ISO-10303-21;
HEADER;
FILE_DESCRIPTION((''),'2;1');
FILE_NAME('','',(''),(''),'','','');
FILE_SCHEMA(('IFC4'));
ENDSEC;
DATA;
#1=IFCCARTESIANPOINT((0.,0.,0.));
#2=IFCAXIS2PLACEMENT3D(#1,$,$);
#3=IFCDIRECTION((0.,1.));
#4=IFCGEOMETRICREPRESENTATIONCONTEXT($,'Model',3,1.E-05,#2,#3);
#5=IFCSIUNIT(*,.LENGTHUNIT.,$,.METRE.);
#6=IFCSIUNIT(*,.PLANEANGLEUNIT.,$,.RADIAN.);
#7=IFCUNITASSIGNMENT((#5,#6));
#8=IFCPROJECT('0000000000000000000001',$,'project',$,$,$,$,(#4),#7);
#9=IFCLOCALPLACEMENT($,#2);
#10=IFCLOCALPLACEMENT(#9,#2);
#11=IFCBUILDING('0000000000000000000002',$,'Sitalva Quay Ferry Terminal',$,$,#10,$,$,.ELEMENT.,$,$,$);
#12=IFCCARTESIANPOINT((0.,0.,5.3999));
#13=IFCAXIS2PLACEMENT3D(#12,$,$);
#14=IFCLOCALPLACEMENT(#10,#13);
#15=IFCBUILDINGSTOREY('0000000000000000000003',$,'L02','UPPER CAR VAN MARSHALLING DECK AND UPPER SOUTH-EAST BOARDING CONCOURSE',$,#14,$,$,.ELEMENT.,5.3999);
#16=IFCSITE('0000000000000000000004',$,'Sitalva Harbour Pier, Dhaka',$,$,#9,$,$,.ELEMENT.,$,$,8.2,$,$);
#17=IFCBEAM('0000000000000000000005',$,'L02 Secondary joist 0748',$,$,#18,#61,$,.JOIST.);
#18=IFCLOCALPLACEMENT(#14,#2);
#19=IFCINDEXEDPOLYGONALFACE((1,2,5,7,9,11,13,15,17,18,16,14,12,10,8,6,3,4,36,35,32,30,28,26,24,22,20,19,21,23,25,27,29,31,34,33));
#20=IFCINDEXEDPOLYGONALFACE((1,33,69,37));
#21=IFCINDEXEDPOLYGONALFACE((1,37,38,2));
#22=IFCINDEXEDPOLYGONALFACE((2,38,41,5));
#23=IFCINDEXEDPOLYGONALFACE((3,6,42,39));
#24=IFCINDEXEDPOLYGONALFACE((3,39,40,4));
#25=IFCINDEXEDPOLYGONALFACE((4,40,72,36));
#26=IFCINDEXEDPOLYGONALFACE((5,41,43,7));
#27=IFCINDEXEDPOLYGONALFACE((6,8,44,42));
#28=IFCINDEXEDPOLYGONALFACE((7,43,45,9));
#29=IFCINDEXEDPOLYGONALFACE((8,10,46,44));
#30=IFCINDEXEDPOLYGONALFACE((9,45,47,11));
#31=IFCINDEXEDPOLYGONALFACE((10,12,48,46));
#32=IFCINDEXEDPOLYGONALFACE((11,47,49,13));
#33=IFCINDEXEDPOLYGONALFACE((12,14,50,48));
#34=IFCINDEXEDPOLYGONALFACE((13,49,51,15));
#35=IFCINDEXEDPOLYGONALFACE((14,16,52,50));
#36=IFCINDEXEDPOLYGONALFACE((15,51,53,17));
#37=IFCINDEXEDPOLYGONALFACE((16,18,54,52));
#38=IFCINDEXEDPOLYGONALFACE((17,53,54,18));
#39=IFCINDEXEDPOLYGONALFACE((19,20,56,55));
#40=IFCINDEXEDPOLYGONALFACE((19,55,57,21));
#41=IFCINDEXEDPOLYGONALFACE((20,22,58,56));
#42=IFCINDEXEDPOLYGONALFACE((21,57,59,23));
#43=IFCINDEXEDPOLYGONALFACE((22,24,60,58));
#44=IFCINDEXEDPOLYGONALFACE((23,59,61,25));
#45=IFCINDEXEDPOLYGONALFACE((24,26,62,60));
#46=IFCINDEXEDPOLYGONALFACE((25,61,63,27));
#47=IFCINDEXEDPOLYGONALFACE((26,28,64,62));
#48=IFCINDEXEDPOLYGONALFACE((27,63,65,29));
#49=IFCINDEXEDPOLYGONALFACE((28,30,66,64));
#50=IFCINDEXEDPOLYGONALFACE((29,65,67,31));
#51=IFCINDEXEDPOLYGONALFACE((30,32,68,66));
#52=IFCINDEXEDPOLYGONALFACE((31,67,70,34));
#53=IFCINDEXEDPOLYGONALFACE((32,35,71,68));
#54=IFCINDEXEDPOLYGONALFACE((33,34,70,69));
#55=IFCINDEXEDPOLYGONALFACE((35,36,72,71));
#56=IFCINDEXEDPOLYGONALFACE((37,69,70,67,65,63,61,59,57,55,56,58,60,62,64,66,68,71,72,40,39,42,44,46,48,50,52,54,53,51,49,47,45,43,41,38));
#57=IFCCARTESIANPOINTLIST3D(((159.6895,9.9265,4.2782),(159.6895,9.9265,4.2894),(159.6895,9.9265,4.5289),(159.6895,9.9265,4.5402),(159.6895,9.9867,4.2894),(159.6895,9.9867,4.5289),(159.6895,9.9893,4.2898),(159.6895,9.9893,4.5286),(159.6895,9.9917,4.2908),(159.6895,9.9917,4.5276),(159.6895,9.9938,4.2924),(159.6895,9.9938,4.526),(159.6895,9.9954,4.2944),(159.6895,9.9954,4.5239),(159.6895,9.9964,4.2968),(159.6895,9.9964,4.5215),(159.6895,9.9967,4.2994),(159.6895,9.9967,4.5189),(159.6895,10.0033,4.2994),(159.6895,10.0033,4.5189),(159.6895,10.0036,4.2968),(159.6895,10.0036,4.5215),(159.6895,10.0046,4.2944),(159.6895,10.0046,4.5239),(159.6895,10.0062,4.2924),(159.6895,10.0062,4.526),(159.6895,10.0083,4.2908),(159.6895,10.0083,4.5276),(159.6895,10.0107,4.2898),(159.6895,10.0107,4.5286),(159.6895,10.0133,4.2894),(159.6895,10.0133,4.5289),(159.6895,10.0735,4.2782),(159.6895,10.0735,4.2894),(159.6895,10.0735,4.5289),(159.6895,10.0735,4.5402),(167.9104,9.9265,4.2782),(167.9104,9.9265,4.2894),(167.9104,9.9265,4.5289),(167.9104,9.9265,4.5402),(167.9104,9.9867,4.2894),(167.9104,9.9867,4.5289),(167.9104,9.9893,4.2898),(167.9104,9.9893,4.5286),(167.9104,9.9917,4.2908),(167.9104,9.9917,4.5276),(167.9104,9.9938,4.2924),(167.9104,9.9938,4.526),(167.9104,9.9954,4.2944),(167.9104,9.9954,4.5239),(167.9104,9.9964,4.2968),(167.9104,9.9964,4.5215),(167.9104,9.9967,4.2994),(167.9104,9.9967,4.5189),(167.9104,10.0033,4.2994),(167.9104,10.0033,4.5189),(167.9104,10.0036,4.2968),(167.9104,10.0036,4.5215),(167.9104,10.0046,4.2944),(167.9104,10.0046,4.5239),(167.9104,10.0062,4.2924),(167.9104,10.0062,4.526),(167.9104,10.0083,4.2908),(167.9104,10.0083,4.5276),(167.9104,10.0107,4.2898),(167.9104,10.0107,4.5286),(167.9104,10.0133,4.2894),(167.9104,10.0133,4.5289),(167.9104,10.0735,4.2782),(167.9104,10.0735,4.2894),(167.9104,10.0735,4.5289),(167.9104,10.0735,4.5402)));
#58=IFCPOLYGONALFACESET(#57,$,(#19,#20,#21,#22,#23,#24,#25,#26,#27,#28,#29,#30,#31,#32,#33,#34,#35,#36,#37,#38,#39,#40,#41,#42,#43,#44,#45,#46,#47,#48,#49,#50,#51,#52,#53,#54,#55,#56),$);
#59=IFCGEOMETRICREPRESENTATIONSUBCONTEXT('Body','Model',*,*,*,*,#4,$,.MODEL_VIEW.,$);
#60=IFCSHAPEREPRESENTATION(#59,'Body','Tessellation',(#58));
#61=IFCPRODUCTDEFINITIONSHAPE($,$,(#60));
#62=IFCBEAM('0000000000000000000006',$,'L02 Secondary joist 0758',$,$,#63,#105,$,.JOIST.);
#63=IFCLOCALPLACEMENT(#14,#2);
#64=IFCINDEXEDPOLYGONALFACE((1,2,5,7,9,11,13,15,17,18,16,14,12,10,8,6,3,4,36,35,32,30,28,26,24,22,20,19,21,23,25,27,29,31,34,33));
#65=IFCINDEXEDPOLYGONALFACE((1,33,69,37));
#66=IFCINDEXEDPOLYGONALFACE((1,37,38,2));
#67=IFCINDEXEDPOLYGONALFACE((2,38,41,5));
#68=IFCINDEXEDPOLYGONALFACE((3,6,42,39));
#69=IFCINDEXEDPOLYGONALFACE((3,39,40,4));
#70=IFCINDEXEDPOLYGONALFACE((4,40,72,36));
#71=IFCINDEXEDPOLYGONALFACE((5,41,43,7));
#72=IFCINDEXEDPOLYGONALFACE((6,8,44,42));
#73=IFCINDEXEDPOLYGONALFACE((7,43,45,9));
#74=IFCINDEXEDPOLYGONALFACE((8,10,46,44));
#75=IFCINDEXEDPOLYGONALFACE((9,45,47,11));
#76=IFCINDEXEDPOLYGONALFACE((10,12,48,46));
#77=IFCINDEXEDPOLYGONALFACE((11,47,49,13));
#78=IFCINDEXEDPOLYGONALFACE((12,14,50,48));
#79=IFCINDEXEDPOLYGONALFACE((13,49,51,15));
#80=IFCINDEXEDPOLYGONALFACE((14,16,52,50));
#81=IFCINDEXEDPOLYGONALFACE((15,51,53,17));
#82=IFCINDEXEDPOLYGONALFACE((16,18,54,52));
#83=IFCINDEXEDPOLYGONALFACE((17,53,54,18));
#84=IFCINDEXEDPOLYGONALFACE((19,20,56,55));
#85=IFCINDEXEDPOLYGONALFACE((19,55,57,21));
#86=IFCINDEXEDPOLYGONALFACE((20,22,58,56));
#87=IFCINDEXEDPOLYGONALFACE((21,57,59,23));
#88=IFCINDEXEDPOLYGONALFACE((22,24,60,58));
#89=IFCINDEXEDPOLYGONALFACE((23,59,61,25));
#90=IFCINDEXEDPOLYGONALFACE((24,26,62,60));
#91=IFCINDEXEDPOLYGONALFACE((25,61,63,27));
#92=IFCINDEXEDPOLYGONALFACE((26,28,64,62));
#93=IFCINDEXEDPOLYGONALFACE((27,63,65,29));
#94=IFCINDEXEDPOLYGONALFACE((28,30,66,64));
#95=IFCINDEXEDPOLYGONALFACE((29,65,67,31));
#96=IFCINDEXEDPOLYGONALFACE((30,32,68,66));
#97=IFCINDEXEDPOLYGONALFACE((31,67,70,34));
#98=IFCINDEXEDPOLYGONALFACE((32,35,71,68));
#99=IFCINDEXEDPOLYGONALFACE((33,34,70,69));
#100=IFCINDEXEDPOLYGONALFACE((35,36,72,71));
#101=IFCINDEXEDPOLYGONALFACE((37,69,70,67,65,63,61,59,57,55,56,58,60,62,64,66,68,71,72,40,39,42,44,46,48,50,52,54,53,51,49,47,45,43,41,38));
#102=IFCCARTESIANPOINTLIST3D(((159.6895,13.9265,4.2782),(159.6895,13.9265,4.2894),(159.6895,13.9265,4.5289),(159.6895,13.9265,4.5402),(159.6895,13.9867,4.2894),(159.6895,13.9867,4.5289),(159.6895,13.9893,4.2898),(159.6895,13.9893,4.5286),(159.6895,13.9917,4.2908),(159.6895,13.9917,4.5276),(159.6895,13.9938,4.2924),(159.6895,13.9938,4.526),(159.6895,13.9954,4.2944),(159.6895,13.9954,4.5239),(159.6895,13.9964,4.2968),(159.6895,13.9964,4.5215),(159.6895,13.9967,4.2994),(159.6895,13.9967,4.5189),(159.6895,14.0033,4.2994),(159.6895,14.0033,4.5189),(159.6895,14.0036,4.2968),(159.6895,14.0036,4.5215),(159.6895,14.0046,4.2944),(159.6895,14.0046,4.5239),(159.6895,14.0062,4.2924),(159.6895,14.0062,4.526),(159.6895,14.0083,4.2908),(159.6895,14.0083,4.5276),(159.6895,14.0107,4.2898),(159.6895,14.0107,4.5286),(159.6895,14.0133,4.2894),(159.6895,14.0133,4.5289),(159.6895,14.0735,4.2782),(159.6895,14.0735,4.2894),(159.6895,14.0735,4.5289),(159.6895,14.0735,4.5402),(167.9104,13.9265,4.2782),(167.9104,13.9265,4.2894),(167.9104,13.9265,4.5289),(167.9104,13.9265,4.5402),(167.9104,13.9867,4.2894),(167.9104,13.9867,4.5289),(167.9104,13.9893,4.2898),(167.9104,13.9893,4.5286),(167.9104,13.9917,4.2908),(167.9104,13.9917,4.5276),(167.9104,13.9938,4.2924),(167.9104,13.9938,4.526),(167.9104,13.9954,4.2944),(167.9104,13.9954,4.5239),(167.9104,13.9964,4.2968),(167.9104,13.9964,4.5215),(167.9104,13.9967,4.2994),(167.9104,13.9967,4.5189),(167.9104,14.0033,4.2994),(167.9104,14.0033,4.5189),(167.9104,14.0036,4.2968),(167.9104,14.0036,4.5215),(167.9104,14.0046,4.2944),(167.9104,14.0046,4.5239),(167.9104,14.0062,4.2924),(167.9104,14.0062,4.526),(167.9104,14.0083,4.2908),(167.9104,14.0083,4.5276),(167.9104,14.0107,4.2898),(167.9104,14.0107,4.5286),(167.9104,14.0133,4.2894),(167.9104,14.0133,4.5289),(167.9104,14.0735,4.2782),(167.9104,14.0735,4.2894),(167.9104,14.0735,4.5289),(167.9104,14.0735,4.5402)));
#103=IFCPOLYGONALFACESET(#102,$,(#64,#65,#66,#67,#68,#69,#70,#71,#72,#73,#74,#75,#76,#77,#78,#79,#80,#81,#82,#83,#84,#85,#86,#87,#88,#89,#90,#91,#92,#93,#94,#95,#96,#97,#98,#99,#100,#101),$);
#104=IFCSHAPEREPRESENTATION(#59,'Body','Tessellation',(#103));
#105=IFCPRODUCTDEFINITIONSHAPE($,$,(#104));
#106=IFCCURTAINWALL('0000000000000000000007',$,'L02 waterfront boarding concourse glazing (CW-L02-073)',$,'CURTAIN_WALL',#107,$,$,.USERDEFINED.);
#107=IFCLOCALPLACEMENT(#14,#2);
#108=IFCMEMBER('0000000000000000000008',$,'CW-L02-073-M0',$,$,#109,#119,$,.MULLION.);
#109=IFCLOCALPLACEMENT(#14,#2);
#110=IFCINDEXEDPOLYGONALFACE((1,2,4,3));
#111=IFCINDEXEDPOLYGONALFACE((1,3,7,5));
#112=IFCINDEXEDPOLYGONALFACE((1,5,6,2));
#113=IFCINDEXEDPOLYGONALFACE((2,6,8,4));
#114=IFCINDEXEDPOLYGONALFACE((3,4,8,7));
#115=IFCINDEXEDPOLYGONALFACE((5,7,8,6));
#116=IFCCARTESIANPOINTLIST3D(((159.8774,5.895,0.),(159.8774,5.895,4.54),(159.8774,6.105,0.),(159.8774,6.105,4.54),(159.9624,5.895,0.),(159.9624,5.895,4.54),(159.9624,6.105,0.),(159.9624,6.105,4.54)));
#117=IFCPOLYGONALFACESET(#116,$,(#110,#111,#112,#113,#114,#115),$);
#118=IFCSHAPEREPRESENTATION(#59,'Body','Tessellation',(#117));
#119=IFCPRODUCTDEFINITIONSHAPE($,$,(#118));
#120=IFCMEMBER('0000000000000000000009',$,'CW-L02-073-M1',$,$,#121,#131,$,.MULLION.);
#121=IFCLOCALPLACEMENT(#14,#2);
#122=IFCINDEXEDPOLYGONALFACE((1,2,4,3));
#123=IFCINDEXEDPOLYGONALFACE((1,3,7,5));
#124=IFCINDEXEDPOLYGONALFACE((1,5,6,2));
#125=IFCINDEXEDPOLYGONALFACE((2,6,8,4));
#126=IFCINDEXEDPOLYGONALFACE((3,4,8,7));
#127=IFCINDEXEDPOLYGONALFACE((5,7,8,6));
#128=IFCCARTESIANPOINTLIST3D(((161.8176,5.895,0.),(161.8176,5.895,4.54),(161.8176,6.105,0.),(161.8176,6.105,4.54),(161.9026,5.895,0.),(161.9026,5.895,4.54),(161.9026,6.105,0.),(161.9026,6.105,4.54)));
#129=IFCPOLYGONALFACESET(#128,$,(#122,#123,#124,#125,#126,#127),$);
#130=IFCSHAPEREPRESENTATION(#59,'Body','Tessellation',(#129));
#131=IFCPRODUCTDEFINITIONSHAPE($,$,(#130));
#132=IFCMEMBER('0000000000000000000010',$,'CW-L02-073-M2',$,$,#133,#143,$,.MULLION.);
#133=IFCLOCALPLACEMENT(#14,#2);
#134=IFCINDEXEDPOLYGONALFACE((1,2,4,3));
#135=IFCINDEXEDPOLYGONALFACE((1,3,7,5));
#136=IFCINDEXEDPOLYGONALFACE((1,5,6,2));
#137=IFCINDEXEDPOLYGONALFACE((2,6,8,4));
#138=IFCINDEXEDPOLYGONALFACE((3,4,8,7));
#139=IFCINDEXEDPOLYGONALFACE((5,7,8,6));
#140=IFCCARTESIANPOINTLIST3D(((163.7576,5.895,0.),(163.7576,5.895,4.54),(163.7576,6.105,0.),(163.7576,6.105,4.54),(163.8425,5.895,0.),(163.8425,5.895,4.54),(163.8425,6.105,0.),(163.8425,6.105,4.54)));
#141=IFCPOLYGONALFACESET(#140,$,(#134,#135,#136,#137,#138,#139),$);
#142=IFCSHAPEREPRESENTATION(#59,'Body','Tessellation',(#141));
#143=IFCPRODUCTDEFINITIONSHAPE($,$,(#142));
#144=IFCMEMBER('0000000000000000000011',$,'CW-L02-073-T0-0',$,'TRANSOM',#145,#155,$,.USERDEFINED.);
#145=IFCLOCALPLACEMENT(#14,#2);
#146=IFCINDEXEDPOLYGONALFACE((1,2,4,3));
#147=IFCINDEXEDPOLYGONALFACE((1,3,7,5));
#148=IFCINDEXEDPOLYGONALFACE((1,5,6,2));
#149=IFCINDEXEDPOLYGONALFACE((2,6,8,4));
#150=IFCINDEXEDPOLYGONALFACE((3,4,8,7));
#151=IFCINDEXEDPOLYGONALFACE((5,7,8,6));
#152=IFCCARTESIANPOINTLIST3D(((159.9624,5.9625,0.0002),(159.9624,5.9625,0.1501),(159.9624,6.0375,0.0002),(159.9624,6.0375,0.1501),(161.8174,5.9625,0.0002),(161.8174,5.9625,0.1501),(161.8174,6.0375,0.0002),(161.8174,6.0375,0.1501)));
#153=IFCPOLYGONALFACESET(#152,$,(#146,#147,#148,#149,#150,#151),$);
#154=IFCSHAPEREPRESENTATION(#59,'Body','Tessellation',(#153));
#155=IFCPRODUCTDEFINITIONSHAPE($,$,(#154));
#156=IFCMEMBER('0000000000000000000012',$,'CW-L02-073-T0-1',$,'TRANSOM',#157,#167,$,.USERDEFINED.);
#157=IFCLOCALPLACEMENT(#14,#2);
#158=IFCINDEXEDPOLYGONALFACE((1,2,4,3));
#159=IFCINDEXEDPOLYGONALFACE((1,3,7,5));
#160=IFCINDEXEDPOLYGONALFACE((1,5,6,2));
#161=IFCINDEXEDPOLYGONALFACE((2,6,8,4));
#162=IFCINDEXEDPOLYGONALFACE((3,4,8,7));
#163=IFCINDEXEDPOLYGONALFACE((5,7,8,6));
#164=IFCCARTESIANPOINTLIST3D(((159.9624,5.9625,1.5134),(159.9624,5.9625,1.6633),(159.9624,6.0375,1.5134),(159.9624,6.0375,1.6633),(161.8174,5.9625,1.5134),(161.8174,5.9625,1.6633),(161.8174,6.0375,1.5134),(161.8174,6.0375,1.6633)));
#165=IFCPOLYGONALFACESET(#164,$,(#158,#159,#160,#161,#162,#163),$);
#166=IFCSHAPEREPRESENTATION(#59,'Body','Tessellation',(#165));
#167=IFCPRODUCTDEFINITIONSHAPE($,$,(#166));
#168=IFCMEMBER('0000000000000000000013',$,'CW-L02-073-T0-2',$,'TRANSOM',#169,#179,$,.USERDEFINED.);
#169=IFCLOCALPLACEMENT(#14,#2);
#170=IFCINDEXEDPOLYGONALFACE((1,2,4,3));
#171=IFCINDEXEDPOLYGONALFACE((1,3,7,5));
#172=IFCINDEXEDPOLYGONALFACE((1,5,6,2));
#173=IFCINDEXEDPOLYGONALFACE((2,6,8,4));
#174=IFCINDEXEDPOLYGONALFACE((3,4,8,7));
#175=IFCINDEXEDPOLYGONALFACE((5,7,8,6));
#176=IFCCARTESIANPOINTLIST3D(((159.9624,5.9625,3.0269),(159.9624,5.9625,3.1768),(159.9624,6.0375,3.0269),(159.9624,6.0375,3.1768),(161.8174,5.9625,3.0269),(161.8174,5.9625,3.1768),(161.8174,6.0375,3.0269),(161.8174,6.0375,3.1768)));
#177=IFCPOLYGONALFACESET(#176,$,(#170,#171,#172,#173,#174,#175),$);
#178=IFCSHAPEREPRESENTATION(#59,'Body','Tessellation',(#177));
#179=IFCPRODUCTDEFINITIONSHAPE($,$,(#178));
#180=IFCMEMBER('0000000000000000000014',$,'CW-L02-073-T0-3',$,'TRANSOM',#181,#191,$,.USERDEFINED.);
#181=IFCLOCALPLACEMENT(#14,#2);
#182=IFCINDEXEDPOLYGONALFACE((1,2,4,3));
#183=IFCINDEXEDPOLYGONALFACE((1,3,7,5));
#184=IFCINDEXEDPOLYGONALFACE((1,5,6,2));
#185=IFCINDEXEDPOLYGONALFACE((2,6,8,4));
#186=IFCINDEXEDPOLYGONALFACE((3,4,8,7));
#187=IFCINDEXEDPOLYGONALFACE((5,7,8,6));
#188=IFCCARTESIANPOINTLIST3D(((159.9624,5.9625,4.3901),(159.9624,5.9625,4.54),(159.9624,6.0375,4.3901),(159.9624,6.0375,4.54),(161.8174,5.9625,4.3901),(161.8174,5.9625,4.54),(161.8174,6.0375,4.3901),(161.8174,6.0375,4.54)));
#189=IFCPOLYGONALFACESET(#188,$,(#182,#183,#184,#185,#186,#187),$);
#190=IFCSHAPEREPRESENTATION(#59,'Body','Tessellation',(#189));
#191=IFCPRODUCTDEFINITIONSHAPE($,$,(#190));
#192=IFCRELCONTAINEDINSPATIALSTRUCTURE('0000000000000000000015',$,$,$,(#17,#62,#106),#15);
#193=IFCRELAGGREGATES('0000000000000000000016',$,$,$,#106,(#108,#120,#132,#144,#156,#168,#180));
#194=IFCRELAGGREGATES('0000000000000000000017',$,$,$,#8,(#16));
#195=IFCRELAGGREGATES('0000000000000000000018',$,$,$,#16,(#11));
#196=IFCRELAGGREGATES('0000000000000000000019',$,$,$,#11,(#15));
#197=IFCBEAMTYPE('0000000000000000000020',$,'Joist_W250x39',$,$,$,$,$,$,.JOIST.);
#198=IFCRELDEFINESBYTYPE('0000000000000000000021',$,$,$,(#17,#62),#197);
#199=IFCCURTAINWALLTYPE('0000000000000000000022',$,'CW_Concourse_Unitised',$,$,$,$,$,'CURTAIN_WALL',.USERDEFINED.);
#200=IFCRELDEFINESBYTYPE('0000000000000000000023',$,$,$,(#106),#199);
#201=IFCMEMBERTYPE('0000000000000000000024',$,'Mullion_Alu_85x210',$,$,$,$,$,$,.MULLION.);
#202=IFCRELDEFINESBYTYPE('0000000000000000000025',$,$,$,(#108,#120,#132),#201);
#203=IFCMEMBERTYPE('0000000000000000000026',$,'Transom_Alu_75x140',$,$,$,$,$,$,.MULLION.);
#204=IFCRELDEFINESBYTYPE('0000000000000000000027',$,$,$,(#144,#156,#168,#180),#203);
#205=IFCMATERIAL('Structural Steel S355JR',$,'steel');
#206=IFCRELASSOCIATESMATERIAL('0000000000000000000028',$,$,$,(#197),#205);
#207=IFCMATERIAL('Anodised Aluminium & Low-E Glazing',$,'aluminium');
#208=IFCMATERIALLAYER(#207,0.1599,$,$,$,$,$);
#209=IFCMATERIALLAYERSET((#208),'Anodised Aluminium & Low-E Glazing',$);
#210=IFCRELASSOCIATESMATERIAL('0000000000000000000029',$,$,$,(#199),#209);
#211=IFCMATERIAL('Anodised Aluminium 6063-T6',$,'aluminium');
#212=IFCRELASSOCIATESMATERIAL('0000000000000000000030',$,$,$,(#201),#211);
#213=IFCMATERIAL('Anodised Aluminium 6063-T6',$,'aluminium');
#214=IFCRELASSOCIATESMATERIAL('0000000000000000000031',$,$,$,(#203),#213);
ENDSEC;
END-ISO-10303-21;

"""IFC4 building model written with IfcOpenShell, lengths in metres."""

from ifc_helpers import new_model, si_unit, direction, frame, origin, origin_2d, place, context, subcontext, project, spatial, rectangle, i_section, extrude, material, layer, layer_set, material_profile, profile_set, type_object, element, aggregate, save


model = new_model("IFC4")

# Units and contexts
model_context = context("Model", 3, precision=1e-05, world=origin(), true_north=direction((0.0, 1.0)))
body_context = subcontext(model_context, "Body", "Model", "MODEL_VIEW")
ifc_project = project(units=[si_unit("LENGTHUNIT", "METRE"), si_unit("PLANEANGLEUNIT", "RADIAN")], contexts=[model_context])

# Site, building, storey
site_placement = place(None, origin())
site = spatial("IfcSite", under=ifc_project, at=site_placement, Name="Sitalva Harbour Pier, Dhaka", CompositionType="ELEMENT", RefElevation=8.2)
building_placement = place(site_placement, origin())
building = spatial("IfcBuilding", under=site, at=building_placement, Name="Sitalva Quay Ferry Terminal", CompositionType="ELEMENT")
storey_placement = place(building_placement, frame((0.0, 0.0, 5.3999)))
storey = spatial("IfcBuildingStorey", under=building, at=storey_placement, Name="L02", Description="UPPER CAR VAN MARSHALLING DECK AND UPPER SOUTH-EAST BOARDING CONCOURSE", CompositionType="ELEMENT", Elevation=5.3999)

# Beams
ifc_material_1 = material(Name="Structural Steel S355JR", Category="steel")
ifc_material_profile_1 = material_profile(ifc_material_1, i_section(OverallWidth=0.147, OverallDepth=0.262, WebThickness=0.0066, FlangeThickness=0.0112, FilletRadius=0.01, at=origin_2d()), Name="W250x39")
ifc_profile_set_1 = profile_set([ifc_material_profile_1], Name="Structural Steel S355JR")
beam_type_1 = type_object("IfcBeamType", Name="Joist_W250x39", PredefinedType="JOIST", material=ifc_profile_set_1)
for number, where, z_axis, x_axis, name in (
    (1, (159.6895, 10.0, 4.4092), (1.0, 0.0, 0.0), (0.0, 1.0, 0.0), "L02 Secondary joist 0748"),
    (2, (159.6895, 14.0, 4.4092), (1.0, 0.0, 0.0), (0.0, 1.0, 0.0), "L02 Secondary joist 0758"),
):
    element("IfcBeam", number, at=place(storey_placement, frame(where, z_axis=z_axis, x_axis=x_axis)), inside=storey, type_object=beam_type_1, Name=name, PredefinedType="JOIST", context=body_context, shape_type="SweptSolid", body=[
        extrude(i_section(OverallWidth=0.147, OverallDepth=0.262, WebThickness=0.0066, FlangeThickness=0.0112, FilletRadius=0.01, at=origin_2d()), origin(), (0.0, 0.0, 1.0), 8.2209),
    ])

# Curtain wall, members
ifc_material_2 = material(Name="Anodised Aluminium & Low-E Glazing", Category="aluminium")
ifc_layer_1 = layer(ifc_material_2, 0.1599)
ifc_layer_set_1 = layer_set([ifc_layer_1], Name="Anodised Aluminium & Low-E Glazing")
curtain_wall_type = type_object("IfcCurtainWallType", Name="CW_Concourse_Unitised", ElementType="CURTAIN_WALL", PredefinedType="USERDEFINED", material=ifc_layer_set_1)
curtain_wall_placement = place(storey_placement, origin())
curtain_wall = element("IfcCurtainWall", 3, at=curtain_wall_placement, inside=storey, type_object=curtain_wall_type, Name="L02 waterfront boarding concourse glazing (CW-L02-073)", ObjectType="CURTAIN_WALL", PredefinedType="USERDEFINED")
ifc_material_3 = material(Name="Anodised Aluminium 6063-T6", Category="aluminium")
ifc_material_profile_2 = material_profile(ifc_material_3, rectangle(XDim=0.085, YDim=0.21, at=origin_2d()), Name="ALU85x210")
ifc_profile_set_2 = profile_set([ifc_material_profile_2], Name="Anodised Aluminium 6063-T6")
member_type_1 = type_object("IfcMemberType", Name="Mullion_Alu_85x210", PredefinedType="MULLION", material=ifc_profile_set_2)
member_1_placement = place(storey_placement, frame((159.9199, 6.0, 0.0), z_axis=(0.0, 0.0, 1.0), x_axis=(1.0, 0.0, 0.0)))
member_1 = element("IfcMember", 4, at=member_1_placement, type_object=member_type_1, Name="CW-L02-073-M0", PredefinedType="MULLION", context=body_context, shape_type="SweptSolid", body=[
    extrude(rectangle(XDim=0.085, YDim=0.21, at=origin_2d()), origin(), (0.0, 0.0, 1.0), 4.54),
])
member_2_placement = place(storey_placement, frame((161.8601, 6.0, 0.0), z_axis=(0.0, 0.0, 1.0), x_axis=(1.0, 0.0, 0.0)))
member_2 = element("IfcMember", 5, at=member_2_placement, type_object=member_type_1, Name="CW-L02-073-M1", PredefinedType="MULLION", context=body_context, shape_type="SweptSolid", body=[
    extrude(rectangle(XDim=0.085, YDim=0.21, at=origin_2d()), origin(), (0.0, 0.0, 1.0), 4.54),
])
member_3_placement = place(storey_placement, frame((163.8, 6.0, 0.0), z_axis=(0.0, 0.0, 1.0), x_axis=(1.0, 0.0, 0.0)))
member_3 = element("IfcMember", 6, at=member_3_placement, type_object=member_type_1, Name="CW-L02-073-M2", PredefinedType="MULLION", context=body_context, shape_type="SweptSolid", body=[
    extrude(rectangle(XDim=0.085, YDim=0.21, at=origin_2d()), origin(), (0.0, 0.0, 1.0), 4.54),
])
ifc_material_4 = material(Name="Anodised Aluminium 6063-T6", Category="aluminium")
ifc_material_profile_3 = material_profile(ifc_material_4, rectangle(XDim=0.075, YDim=0.1499, at=origin_2d()), Name="ALU75x150")
ifc_profile_set_3 = profile_set([ifc_material_profile_3], Name="Anodised Aluminium 6063-T6")
member_type_2 = type_object("IfcMemberType", Name="Transom_Alu_75x140", PredefinedType="MULLION", material=ifc_profile_set_3)
member_4_placement = place(storey_placement, frame((159.9624, 6.0, 0.0752), z_axis=(1.0, 0.0, 0.0), x_axis=(0.0, 1.0, 0.0)))
member_4 = element("IfcMember", 7, at=member_4_placement, type_object=member_type_2, Name="CW-L02-073-T0-0", ObjectType="TRANSOM", PredefinedType="USERDEFINED", context=body_context, shape_type="SweptSolid", body=[
    extrude(rectangle(XDim=0.075, YDim=0.1499, at=origin_2d()), origin(), (0.0, 0.0, 1.0), 1.855),
])
member_5_placement = place(storey_placement, frame((159.9624, 6.0, 1.5884), z_axis=(1.0, 0.0, 0.0), x_axis=(0.0, 1.0, 0.0)))
member_5 = element("IfcMember", 8, at=member_5_placement, type_object=member_type_2, Name="CW-L02-073-T0-1", ObjectType="TRANSOM", PredefinedType="USERDEFINED", context=body_context, shape_type="SweptSolid", body=[
    extrude(rectangle(XDim=0.075, YDim=0.1499, at=origin_2d()), origin(), (0.0, 0.0, 1.0), 1.855),
])
member_6_placement = place(storey_placement, frame((159.9624, 6.0, 3.1018), z_axis=(1.0, 0.0, 0.0), x_axis=(0.0, 1.0, 0.0)))
member_6 = element("IfcMember", 9, at=member_6_placement, type_object=member_type_2, Name="CW-L02-073-T0-2", ObjectType="TRANSOM", PredefinedType="USERDEFINED", context=body_context, shape_type="SweptSolid", body=[
    extrude(rectangle(XDim=0.075, YDim=0.1499, at=origin_2d()), origin(), (0.0, 0.0, 1.0), 1.855),
])
member_7_placement = place(storey_placement, frame((159.9624, 6.0, 4.4651), z_axis=(1.0, 0.0, 0.0), x_axis=(0.0, 1.0, 0.0)))
member_7 = element("IfcMember", 10, at=member_7_placement, type_object=member_type_2, Name="CW-L02-073-T0-3", ObjectType="TRANSOM", PredefinedType="USERDEFINED", context=body_context, shape_type="SweptSolid", body=[
    extrude(rectangle(XDim=0.075, YDim=0.1499, at=origin_2d()), origin(), (0.0, 0.0, 1.0), 1.855),
])
aggregate(curtain_wall, [member_1, member_2, member_3, member_4, member_5, member_6, member_7])

save(model, "model.ifc")
